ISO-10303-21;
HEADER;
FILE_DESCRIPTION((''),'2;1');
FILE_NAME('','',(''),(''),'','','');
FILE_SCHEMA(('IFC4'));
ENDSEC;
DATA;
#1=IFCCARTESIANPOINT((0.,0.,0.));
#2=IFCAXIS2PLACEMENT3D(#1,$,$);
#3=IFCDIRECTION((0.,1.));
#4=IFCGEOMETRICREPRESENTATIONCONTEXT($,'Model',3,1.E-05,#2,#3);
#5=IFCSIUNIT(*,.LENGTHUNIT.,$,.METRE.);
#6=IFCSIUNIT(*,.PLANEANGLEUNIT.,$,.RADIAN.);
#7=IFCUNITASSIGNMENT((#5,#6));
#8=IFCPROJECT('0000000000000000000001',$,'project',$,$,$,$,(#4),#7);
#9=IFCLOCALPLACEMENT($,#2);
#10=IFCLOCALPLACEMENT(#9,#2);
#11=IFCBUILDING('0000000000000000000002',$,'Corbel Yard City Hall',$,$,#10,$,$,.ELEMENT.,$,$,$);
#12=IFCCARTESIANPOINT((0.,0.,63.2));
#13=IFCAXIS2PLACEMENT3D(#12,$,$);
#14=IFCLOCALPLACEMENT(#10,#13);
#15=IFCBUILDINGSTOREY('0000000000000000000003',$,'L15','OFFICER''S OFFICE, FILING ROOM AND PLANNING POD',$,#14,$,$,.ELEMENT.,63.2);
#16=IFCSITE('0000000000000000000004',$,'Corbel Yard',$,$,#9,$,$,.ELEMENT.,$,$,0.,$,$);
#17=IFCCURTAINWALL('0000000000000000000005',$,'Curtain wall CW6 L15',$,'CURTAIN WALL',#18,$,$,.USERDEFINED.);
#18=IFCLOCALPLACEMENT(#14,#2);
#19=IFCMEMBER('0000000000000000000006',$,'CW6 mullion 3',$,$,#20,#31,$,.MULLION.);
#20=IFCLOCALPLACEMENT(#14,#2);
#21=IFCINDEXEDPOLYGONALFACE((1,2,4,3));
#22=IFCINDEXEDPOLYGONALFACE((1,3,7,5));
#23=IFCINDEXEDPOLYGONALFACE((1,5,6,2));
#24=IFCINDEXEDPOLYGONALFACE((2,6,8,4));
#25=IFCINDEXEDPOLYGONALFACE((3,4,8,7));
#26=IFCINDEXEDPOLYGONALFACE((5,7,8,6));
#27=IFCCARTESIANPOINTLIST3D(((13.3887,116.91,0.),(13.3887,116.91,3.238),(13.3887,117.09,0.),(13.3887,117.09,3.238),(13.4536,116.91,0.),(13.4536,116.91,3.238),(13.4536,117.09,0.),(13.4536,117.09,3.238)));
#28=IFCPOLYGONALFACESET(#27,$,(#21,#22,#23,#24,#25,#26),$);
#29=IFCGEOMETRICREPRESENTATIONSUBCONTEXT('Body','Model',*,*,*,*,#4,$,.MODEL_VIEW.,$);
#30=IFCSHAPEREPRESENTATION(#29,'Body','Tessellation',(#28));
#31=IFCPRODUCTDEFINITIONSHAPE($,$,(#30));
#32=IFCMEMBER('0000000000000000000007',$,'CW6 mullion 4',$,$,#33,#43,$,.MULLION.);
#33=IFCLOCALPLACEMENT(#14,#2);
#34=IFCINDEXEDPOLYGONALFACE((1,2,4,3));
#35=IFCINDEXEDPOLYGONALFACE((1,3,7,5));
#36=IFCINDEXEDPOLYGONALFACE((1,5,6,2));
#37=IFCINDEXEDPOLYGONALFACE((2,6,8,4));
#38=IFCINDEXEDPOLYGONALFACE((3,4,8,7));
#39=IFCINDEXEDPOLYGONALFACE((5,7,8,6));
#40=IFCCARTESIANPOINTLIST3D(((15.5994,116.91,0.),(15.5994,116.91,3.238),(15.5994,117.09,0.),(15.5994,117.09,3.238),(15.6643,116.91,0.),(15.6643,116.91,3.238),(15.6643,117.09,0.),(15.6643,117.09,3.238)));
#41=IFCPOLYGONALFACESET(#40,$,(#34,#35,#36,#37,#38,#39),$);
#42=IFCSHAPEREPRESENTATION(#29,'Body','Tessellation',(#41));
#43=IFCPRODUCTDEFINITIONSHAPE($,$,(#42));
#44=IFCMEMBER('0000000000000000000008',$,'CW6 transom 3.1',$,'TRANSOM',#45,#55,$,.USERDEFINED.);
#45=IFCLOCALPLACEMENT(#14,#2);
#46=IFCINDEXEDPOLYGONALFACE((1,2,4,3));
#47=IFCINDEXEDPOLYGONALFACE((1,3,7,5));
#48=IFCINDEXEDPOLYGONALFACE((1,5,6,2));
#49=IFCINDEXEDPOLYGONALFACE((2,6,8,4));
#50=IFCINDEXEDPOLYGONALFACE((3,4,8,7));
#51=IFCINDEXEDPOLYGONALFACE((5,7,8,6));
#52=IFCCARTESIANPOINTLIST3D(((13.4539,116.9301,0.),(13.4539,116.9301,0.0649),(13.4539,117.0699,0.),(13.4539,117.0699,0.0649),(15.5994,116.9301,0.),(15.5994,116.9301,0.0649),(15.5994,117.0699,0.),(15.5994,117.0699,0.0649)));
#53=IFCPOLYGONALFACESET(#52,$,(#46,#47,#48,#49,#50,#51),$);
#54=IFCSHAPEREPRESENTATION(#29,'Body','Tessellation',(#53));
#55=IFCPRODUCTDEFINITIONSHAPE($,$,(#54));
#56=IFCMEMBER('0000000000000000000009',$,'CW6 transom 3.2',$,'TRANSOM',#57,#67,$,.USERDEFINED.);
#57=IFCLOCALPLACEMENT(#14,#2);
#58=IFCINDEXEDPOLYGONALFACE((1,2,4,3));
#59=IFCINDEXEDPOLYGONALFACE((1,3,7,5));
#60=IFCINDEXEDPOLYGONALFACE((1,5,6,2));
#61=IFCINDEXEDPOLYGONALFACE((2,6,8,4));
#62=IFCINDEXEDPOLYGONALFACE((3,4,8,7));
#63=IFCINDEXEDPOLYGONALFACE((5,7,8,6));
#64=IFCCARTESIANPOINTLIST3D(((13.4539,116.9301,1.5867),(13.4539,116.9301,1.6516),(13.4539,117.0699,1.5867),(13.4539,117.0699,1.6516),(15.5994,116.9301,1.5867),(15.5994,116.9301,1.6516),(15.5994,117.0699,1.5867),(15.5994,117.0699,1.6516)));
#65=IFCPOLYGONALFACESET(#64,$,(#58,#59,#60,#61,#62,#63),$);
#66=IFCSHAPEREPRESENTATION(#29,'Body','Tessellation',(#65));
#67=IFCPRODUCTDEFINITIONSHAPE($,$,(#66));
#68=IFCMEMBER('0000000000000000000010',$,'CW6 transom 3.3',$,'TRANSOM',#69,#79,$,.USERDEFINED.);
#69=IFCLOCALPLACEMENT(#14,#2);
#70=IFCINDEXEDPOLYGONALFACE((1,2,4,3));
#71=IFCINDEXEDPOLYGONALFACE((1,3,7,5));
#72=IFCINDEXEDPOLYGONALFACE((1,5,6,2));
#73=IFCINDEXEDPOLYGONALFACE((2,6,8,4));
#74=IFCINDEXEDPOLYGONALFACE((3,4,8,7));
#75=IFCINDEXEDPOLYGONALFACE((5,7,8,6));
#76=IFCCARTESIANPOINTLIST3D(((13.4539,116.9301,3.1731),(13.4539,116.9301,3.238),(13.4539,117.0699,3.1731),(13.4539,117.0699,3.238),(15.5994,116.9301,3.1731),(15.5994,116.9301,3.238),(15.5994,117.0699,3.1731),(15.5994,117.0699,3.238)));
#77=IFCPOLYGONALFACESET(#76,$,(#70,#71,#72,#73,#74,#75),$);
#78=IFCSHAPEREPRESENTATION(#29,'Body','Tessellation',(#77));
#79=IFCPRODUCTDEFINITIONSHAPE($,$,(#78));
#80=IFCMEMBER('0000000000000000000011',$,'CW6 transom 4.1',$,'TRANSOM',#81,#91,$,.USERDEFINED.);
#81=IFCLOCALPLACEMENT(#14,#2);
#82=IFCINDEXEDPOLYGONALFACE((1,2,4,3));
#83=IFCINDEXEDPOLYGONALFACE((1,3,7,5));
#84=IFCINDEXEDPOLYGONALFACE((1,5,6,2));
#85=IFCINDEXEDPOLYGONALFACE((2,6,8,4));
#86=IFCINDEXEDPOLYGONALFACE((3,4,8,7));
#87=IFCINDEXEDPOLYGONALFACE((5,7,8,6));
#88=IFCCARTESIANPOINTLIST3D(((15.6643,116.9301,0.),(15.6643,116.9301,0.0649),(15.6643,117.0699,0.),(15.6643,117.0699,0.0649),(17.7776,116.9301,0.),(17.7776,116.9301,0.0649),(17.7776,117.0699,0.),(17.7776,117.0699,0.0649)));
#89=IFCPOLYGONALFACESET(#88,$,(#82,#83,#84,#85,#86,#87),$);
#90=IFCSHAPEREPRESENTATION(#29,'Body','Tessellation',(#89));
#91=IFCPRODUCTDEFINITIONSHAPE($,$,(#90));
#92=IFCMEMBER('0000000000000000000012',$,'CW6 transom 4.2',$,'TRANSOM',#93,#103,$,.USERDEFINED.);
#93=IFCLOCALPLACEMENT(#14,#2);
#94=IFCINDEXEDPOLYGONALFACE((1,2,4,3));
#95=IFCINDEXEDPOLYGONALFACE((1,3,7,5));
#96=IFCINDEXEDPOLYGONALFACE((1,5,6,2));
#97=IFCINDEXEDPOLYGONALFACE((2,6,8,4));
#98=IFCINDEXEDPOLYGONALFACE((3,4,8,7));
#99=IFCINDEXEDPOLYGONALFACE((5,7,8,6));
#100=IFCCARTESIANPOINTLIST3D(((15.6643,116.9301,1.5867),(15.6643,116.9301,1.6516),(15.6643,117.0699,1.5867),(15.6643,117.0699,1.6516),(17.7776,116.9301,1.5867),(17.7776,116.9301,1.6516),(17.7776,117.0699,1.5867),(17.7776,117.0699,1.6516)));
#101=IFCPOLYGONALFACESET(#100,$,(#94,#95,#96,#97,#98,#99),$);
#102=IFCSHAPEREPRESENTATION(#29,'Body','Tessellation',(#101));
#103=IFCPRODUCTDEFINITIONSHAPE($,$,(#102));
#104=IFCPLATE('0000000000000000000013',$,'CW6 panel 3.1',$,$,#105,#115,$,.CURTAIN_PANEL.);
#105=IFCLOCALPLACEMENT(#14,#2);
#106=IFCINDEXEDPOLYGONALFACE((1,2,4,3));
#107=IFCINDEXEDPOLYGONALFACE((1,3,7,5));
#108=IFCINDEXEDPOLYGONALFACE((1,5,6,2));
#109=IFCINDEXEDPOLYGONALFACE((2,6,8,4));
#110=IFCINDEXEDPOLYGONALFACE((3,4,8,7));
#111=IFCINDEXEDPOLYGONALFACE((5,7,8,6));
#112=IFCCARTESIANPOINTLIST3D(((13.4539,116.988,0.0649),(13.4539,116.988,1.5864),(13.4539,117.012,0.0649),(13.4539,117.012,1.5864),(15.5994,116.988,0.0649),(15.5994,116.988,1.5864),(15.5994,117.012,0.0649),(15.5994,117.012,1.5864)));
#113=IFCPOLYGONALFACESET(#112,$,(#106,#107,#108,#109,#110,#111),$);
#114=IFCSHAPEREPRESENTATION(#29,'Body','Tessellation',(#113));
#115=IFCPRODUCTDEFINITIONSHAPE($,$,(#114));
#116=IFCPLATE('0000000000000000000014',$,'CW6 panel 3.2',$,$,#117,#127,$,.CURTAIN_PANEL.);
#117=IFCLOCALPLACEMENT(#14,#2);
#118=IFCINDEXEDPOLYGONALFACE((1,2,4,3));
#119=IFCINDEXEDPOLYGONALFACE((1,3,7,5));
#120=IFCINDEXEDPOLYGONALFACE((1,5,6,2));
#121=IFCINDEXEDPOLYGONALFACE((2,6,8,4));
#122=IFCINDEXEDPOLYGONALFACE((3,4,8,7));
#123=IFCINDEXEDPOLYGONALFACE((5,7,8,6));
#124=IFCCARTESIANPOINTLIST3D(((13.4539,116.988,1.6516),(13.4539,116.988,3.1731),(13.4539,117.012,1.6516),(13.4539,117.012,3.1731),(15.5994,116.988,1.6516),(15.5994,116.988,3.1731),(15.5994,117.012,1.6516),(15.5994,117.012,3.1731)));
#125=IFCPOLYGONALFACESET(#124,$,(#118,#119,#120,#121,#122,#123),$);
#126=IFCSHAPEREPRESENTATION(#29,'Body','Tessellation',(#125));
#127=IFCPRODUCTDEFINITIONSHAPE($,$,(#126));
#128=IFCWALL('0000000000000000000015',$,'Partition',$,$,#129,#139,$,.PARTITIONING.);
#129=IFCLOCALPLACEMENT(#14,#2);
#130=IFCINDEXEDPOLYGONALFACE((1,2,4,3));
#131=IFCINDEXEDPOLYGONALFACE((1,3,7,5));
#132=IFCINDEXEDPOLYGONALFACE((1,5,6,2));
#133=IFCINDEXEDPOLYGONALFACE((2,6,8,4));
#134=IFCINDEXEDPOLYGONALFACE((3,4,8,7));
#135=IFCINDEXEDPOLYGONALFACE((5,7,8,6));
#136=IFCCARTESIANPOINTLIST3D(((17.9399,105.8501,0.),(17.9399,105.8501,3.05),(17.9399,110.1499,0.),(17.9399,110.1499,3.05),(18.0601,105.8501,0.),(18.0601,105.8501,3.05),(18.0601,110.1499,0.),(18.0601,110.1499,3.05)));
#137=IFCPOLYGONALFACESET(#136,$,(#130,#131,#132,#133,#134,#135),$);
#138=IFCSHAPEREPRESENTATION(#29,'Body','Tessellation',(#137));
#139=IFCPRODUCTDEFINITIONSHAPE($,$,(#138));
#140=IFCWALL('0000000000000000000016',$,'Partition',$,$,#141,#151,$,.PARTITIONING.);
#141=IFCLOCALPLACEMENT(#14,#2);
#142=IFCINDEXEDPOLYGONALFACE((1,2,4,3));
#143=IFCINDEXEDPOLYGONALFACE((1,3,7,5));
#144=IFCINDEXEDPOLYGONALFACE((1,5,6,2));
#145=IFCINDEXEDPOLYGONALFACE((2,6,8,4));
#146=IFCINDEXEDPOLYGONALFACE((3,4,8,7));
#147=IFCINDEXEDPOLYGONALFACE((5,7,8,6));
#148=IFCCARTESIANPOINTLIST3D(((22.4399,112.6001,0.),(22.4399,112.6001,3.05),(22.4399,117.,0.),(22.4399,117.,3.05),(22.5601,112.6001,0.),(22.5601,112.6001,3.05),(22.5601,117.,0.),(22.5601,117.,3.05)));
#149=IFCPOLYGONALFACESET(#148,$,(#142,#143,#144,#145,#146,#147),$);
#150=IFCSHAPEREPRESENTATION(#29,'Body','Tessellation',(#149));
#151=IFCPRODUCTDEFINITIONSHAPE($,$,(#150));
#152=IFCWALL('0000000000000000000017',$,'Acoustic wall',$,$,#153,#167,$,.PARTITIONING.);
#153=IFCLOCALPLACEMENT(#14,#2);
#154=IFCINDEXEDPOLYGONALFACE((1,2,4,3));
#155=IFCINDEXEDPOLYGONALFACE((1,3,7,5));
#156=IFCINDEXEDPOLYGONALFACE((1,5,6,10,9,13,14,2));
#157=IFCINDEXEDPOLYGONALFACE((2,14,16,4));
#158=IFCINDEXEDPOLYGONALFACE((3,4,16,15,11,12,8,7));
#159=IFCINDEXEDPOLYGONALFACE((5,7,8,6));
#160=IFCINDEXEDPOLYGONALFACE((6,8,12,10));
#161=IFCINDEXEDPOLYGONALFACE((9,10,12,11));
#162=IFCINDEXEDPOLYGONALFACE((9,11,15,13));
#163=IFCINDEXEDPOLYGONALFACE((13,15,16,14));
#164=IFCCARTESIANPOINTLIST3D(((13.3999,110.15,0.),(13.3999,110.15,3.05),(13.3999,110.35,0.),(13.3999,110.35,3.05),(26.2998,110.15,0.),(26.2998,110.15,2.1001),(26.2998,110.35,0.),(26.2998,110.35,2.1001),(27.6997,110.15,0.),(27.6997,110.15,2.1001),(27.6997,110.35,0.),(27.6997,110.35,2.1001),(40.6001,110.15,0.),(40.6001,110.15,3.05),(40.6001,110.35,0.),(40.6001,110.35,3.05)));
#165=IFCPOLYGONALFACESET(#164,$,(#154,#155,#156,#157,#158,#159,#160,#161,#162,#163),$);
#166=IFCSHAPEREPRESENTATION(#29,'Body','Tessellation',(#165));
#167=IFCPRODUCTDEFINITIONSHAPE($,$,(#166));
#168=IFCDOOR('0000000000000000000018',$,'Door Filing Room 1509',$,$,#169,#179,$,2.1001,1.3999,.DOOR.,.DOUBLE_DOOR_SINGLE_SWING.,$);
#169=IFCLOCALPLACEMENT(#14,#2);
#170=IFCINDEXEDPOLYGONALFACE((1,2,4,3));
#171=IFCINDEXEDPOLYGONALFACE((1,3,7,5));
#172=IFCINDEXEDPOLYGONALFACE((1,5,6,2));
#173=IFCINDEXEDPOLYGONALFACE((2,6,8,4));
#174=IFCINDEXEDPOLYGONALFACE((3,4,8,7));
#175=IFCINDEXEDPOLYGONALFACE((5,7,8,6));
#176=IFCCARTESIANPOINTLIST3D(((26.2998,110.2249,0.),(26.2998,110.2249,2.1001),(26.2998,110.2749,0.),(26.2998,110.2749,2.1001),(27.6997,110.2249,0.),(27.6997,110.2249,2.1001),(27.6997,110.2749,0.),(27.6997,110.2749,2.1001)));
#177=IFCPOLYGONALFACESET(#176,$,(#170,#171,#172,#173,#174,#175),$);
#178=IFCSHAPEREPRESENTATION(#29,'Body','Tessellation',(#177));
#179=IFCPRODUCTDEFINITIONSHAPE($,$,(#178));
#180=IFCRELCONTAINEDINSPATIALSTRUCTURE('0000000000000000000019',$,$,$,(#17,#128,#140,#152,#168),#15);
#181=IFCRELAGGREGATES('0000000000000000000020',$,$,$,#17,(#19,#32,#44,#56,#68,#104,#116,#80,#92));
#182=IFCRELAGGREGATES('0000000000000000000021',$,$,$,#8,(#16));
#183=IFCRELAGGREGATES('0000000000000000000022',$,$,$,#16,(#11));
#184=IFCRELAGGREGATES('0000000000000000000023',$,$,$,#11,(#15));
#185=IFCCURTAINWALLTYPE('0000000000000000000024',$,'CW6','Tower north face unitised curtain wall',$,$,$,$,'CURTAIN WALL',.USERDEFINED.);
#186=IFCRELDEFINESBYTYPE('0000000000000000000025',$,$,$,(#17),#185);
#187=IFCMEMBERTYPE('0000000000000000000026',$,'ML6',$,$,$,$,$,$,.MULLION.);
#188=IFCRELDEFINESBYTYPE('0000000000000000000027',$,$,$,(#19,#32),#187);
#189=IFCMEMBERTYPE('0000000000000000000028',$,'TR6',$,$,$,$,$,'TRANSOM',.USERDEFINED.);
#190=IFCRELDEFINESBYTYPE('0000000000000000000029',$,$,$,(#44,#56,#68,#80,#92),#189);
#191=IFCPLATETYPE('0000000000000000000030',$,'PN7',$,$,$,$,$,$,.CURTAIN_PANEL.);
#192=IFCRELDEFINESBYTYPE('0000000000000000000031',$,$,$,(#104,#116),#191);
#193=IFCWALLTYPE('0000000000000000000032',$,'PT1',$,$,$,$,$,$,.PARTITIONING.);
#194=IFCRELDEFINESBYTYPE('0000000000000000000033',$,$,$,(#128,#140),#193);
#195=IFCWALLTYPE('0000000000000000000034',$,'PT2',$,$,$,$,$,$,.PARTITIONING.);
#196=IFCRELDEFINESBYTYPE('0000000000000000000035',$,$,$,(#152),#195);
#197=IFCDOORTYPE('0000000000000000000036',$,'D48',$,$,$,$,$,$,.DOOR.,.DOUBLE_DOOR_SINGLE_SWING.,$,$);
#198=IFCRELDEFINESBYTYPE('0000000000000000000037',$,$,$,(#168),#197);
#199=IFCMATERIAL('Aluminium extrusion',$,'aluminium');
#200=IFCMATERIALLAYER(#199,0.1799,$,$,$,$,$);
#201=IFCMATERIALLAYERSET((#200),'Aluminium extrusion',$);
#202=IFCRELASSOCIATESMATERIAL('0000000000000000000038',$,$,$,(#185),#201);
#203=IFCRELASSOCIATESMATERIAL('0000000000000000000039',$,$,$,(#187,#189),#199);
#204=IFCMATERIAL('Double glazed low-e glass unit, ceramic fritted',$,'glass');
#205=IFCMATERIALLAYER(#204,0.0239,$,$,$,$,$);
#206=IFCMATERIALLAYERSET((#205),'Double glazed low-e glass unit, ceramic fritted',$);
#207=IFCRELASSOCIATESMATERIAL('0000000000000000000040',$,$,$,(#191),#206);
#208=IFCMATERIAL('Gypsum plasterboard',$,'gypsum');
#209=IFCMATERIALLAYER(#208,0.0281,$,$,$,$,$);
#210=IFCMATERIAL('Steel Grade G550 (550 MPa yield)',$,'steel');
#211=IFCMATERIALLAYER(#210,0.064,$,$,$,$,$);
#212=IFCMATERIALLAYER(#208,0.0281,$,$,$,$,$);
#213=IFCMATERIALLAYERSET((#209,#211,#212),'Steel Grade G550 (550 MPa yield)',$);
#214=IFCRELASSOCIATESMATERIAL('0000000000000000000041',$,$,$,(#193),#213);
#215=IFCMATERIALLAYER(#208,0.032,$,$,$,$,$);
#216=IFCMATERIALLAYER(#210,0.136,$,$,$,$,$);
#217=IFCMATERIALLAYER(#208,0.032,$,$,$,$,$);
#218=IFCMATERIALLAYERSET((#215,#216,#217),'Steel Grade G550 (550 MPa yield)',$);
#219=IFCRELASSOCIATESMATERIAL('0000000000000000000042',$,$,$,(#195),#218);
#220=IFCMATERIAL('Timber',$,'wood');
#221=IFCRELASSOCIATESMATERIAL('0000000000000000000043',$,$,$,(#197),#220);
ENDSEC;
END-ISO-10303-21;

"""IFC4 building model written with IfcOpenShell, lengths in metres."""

from ifc_helpers import new_model, si_unit, direction, frame, frame_2d, origin, origin_2d, place, context, subcontext, project, spatial, rectangle, extrude, material, layer, layer_set, material_profile, profile_set, type_object, element, fill, aggregate, save


model = new_model("IFC4")

# Units and contexts
model_context = context("Model", 3, precision=1e-05, world=origin(), true_north=direction((0.0, 1.0)))
body_context = subcontext(model_context, "Body", "Model", "MODEL_VIEW")
ifc_project = project(units=[si_unit("LENGTHUNIT", "METRE"), si_unit("PLANEANGLEUNIT", "RADIAN")], contexts=[model_context])

# Site, building, storey
site_placement = place(None, origin())
site = spatial("IfcSite", under=ifc_project, at=site_placement, Name="Corbel Yard", CompositionType="ELEMENT", RefElevation=0.0)
building_placement = place(site_placement, origin())
building = spatial("IfcBuilding", under=site, at=building_placement, Name="Corbel Yard City Hall", CompositionType="ELEMENT")
storey_placement = place(building_placement, frame((0.0, 0.0, 63.2)))
storey = spatial("IfcBuildingStorey", under=building, at=storey_placement, Name="L15", Description="OFFICER'S OFFICE, FILING ROOM AND PLANNING POD", CompositionType="ELEMENT", Elevation=63.2)

# Curtain wall, members, plates
ifc_material_1 = material(Name="Aluminium extrusion", Category="aluminium")
ifc_layer_1 = layer(ifc_material_1, 0.1799)
ifc_layer_set_1 = layer_set([ifc_layer_1], Name="Aluminium extrusion")
curtain_wall_type = type_object("IfcCurtainWallType", Name="CW6", Description="Tower north face unitised curtain wall", ElementType="CURTAIN WALL", PredefinedType="USERDEFINED", material=ifc_layer_set_1)
curtain_wall_placement = place(storey_placement, origin())
curtain_wall = element("IfcCurtainWall", 1, at=curtain_wall_placement, inside=storey, type_object=curtain_wall_type, Name="Curtain wall CW6 L15", ObjectType="CURTAIN WALL", PredefinedType="USERDEFINED")
ifc_material_profile_1 = material_profile(ifc_material_1, rectangle(XDim=0.1799, YDim=0.0649, at=origin_2d()), Name="180x65")
ifc_profile_set_1 = profile_set([ifc_material_profile_1], Name="Aluminium extrusion")
member_type_1 = type_object("IfcMemberType", Name="ML6", PredefinedType="MULLION", material=ifc_profile_set_1)
member_1_placement = place(storey_placement, frame((13.4211, 117.0, 0.0), z_axis=(0.0, 0.0, 1.0), x_axis=(0.0, 1.0, 0.0)))
member_1 = element("IfcMember", 2, at=member_1_placement, type_object=member_type_1, Name="CW6 mullion 3", PredefinedType="MULLION", context=body_context, shape_type="SweptSolid", body=[
    extrude(rectangle(XDim=0.1799, YDim=0.0649, at=origin_2d()), origin(), (0.0, 0.0, 1.0), 3.238),
])
member_2_placement = place(storey_placement, frame((15.6318, 117.0, 0.0), z_axis=(0.0, 0.0, 1.0), x_axis=(0.0, 1.0, 0.0)))
member_2 = element("IfcMember", 3, at=member_2_placement, type_object=member_type_1, Name="CW6 mullion 4", PredefinedType="MULLION", context=body_context, shape_type="SweptSolid", body=[
    extrude(rectangle(XDim=0.1799, YDim=0.0649, at=origin_2d()), origin(), (0.0, 0.0, 1.0), 3.238),
])
ifc_material_profile_2 = material_profile(ifc_material_1, rectangle(XDim=0.1399, YDim=0.0649, at=origin_2d()), Name="140x65")
ifc_profile_set_2 = profile_set([ifc_material_profile_2], Name="Aluminium extrusion")
member_type_2 = type_object("IfcMemberType", Name="TR6", ElementType="TRANSOM", PredefinedType="USERDEFINED", material=ifc_profile_set_2)
member_3_placement = place(storey_placement, frame((13.4539, 117.0, 0.0325), z_axis=(1.0, 0.0, 0.0), x_axis=(0.0, 1.0, 0.0)))
member_3 = element("IfcMember", 4, at=member_3_placement, type_object=member_type_2, Name="CW6 transom 3.1", ObjectType="TRANSOM", PredefinedType="USERDEFINED", context=body_context, shape_type="SweptSolid", body=[
    extrude(rectangle(XDim=0.1399, YDim=0.0649, at=origin_2d()), origin(), (0.0, 0.0, 1.0), 2.1455),
])
member_4_placement = place(storey_placement, frame((13.4539, 117.0, 1.6191), z_axis=(1.0, 0.0, 0.0), x_axis=(0.0, 1.0, 0.0)))
member_4 = element("IfcMember", 5, at=member_4_placement, type_object=member_type_2, Name="CW6 transom 3.2", ObjectType="TRANSOM", PredefinedType="USERDEFINED", context=body_context, shape_type="SweptSolid", body=[
    extrude(rectangle(XDim=0.1399, YDim=0.0649, at=origin_2d()), origin(), (0.0, 0.0, 1.0), 2.1455),
])
member_5_placement = place(storey_placement, frame((13.4539, 117.0, 3.2056), z_axis=(1.0, 0.0, 0.0), x_axis=(0.0, 1.0, 0.0)))
member_5 = element("IfcMember", 6, at=member_5_placement, type_object=member_type_2, Name="CW6 transom 3.3", ObjectType="TRANSOM", PredefinedType="USERDEFINED", context=body_context, shape_type="SweptSolid", body=[
    extrude(rectangle(XDim=0.1399, YDim=0.0649, at=origin_2d()), origin(), (0.0, 0.0, 1.0), 2.1455),
])
member_6_placement = place(storey_placement, frame((15.6643, 117.0, 0.0325), z_axis=(1.0, 0.0, 0.0), x_axis=(0.0, 1.0, 0.0)))
member_6 = element("IfcMember", 7, at=member_6_placement, type_object=member_type_2, Name="CW6 transom 4.1", ObjectType="TRANSOM", PredefinedType="USERDEFINED", context=body_context, shape_type="SweptSolid", body=[
    extrude(rectangle(XDim=0.1399, YDim=0.0649, at=origin_2d()), origin(), (0.0, 0.0, 1.0), 2.1133),
])
member_7_placement = place(storey_placement, frame((15.6643, 117.0, 1.6191), z_axis=(1.0, 0.0, 0.0), x_axis=(0.0, 1.0, 0.0)))
member_7 = element("IfcMember", 8, at=member_7_placement, type_object=member_type_2, Name="CW6 transom 4.2", ObjectType="TRANSOM", PredefinedType="USERDEFINED", context=body_context, shape_type="SweptSolid", body=[
    extrude(rectangle(XDim=0.1399, YDim=0.0649, at=origin_2d()), origin(), (0.0, 0.0, 1.0), 2.1133),
])
ifc_material_2 = material(Name="Double glazed low-e glass unit, ceramic fritted", Category="glass")
ifc_layer_2 = layer(ifc_material_2, 0.0239)
ifc_layer_set_2 = layer_set([ifc_layer_2], Name="Double glazed low-e glass unit, ceramic fritted")
plate_type = type_object("IfcPlateType", Name="PN7", PredefinedType="CURTAIN_PANEL", material=ifc_layer_set_2)
plate_1_placement = place(storey_placement, frame((14.5266, 117.0, 0.0649), z_axis=(0.0, 0.0, 1.0), x_axis=(1.0, 0.0, 0.0)))
plate_1 = element("IfcPlate", 9, at=plate_1_placement, type_object=plate_type, Name="CW6 panel 3.1", PredefinedType="CURTAIN_PANEL", context=body_context, shape_type="SweptSolid", body=[
    extrude(rectangle(XDim=2.1455, YDim=0.0239, at=origin_2d()), origin(), (0.0, 0.0, 1.0), 1.5215),
])
plate_2_placement = place(storey_placement, frame((14.5266, 117.0, 1.6516), z_axis=(0.0, 0.0, 1.0), x_axis=(1.0, 0.0, 0.0)))
plate_2 = element("IfcPlate", 10, at=plate_2_placement, type_object=plate_type, Name="CW6 panel 3.2", PredefinedType="CURTAIN_PANEL", context=body_context, shape_type="SweptSolid", body=[
    extrude(rectangle(XDim=2.1455, YDim=0.0239, at=origin_2d()), origin(), (0.0, 0.0, 1.0), 1.5215),
])
aggregate(curtain_wall, [member_1, member_2, member_3, member_4, member_5, plate_1, plate_2, member_6, member_7])

# Walls
ifc_material_3 = material(Name="Gypsum plasterboard", Category="gypsum")
ifc_layer_3 = layer(ifc_material_3, 0.0281)
ifc_material_4 = material(Name="Steel Grade G550 (550 MPa yield)", Category="steel")
ifc_layer_4 = layer(ifc_material_4, 0.064)
ifc_layer_5 = layer(ifc_material_3, 0.0281)
ifc_layer_set_3 = layer_set([ifc_layer_3, ifc_layer_4, ifc_layer_5], Name="Steel Grade G550 (550 MPa yield)")
wall_type_1 = type_object("IfcWallType", Name="PT1", PredefinedType="PARTITIONING", material=ifc_layer_set_3)
wall_1_placement = place(storey_placement, frame((18.0, 105.8501, 0.0), z_axis=(0.0, 0.0, 1.0), x_axis=(0.0, 1.0, 0.0)))
element("IfcWall", 11, at=wall_1_placement, inside=storey, type_object=wall_type_1, Name="Partition", PredefinedType="PARTITIONING", context=body_context, shape_type="SweptSolid", body=[
    extrude(rectangle(XDim=4.2998, YDim=0.1201, at=frame_2d((2.1499, 0.0))), origin(), (0.0, 0.0, 1.0), 3.05),
])
wall_2_placement = place(storey_placement, frame((22.5, 112.6001, 0.0), z_axis=(0.0, 0.0, 1.0), x_axis=(0.0, 1.0, 0.0)))
element("IfcWall", 12, at=wall_2_placement, inside=storey, type_object=wall_type_1, Name="Partition", PredefinedType="PARTITIONING", context=body_context, shape_type="SweptSolid", body=[
    extrude(rectangle(XDim=4.3999, YDim=0.1201, at=frame_2d((2.2, 0.0))), origin(), (0.0, 0.0, 1.0), 3.05),
])

# Wall, opening, door
ifc_layer_6 = layer(ifc_material_3, 0.032)
ifc_layer_7 = layer(ifc_material_4, 0.136)
ifc_layer_8 = layer(ifc_material_3, 0.032)
ifc_layer_set_4 = layer_set([ifc_layer_6, ifc_layer_7, ifc_layer_8], Name="Steel Grade G550 (550 MPa yield)")
wall_type_2 = type_object("IfcWallType", Name="PT2", PredefinedType="PARTITIONING", material=ifc_layer_set_4)
wall_3_placement = place(storey_placement, frame((13.3999, 110.25, 0.0), z_axis=(0.0, 0.0, 1.0), x_axis=(1.0, 0.0, 0.0)))
wall_3 = element("IfcWall", 13, at=wall_3_placement, inside=storey, type_object=wall_type_2, Name="Acoustic wall", PredefinedType="PARTITIONING", context=body_context, shape_type="SweptSolid", body=[
    extrude(rectangle(XDim=27.2002, YDim=0.2, at=frame_2d((13.6001, 0.0))), origin(), (0.0, 0.0, 1.0), 3.05),
])
opening_1_placement = place(wall_3_placement, frame((12.8999, 0.0, 0.0)))
opening_1 = element("IfcOpeningElement", 14, at=opening_1_placement, cuts=wall_3, PredefinedType="OPENING", context=body_context, shape_type="SweptSolid", body=[
    extrude(rectangle(XDim=1.3999, YDim=2.1001, at=frame_2d((0.7, 1.05))), frame((0.0, 0.1099, 0.0), z_axis=(0.0, -1.0, 0.0), x_axis=(1.0, 0.0, 0.0)), (0.0, 0.0, 1.0), 0.22),
])
ifc_material_5 = material(Name="Timber", Category="wood")
door_type_1 = type_object("IfcDoorType", Name="D48", OperationType="DOUBLE_DOOR_SINGLE_SWING", PredefinedType="DOOR", material=ifc_material_5)
door_1_placement = place(opening_1_placement, origin())
door_1 = element("IfcDoor", 15, at=door_1_placement, inside=storey, type_object=door_type_1, Name="Door Filing Room 1509", OperationType="DOUBLE_DOOR_SINGLE_SWING", OverallHeight=2.1001, OverallWidth=1.3999, PredefinedType="DOOR", context=body_context, shape_type="SweptSolid", body=[
    extrude(rectangle(XDim=1.3999, YDim=2.1001, at=frame_2d((0.7, 1.05))), frame((0.0, 0.0249, 0.0), z_axis=(0.0, -1.0, 0.0), x_axis=(1.0, 0.0, 0.0)), (0.0, 0.0, 1.0), 0.05),
])
fill(opening_1, door_1)

save(model, "model.ifc")
